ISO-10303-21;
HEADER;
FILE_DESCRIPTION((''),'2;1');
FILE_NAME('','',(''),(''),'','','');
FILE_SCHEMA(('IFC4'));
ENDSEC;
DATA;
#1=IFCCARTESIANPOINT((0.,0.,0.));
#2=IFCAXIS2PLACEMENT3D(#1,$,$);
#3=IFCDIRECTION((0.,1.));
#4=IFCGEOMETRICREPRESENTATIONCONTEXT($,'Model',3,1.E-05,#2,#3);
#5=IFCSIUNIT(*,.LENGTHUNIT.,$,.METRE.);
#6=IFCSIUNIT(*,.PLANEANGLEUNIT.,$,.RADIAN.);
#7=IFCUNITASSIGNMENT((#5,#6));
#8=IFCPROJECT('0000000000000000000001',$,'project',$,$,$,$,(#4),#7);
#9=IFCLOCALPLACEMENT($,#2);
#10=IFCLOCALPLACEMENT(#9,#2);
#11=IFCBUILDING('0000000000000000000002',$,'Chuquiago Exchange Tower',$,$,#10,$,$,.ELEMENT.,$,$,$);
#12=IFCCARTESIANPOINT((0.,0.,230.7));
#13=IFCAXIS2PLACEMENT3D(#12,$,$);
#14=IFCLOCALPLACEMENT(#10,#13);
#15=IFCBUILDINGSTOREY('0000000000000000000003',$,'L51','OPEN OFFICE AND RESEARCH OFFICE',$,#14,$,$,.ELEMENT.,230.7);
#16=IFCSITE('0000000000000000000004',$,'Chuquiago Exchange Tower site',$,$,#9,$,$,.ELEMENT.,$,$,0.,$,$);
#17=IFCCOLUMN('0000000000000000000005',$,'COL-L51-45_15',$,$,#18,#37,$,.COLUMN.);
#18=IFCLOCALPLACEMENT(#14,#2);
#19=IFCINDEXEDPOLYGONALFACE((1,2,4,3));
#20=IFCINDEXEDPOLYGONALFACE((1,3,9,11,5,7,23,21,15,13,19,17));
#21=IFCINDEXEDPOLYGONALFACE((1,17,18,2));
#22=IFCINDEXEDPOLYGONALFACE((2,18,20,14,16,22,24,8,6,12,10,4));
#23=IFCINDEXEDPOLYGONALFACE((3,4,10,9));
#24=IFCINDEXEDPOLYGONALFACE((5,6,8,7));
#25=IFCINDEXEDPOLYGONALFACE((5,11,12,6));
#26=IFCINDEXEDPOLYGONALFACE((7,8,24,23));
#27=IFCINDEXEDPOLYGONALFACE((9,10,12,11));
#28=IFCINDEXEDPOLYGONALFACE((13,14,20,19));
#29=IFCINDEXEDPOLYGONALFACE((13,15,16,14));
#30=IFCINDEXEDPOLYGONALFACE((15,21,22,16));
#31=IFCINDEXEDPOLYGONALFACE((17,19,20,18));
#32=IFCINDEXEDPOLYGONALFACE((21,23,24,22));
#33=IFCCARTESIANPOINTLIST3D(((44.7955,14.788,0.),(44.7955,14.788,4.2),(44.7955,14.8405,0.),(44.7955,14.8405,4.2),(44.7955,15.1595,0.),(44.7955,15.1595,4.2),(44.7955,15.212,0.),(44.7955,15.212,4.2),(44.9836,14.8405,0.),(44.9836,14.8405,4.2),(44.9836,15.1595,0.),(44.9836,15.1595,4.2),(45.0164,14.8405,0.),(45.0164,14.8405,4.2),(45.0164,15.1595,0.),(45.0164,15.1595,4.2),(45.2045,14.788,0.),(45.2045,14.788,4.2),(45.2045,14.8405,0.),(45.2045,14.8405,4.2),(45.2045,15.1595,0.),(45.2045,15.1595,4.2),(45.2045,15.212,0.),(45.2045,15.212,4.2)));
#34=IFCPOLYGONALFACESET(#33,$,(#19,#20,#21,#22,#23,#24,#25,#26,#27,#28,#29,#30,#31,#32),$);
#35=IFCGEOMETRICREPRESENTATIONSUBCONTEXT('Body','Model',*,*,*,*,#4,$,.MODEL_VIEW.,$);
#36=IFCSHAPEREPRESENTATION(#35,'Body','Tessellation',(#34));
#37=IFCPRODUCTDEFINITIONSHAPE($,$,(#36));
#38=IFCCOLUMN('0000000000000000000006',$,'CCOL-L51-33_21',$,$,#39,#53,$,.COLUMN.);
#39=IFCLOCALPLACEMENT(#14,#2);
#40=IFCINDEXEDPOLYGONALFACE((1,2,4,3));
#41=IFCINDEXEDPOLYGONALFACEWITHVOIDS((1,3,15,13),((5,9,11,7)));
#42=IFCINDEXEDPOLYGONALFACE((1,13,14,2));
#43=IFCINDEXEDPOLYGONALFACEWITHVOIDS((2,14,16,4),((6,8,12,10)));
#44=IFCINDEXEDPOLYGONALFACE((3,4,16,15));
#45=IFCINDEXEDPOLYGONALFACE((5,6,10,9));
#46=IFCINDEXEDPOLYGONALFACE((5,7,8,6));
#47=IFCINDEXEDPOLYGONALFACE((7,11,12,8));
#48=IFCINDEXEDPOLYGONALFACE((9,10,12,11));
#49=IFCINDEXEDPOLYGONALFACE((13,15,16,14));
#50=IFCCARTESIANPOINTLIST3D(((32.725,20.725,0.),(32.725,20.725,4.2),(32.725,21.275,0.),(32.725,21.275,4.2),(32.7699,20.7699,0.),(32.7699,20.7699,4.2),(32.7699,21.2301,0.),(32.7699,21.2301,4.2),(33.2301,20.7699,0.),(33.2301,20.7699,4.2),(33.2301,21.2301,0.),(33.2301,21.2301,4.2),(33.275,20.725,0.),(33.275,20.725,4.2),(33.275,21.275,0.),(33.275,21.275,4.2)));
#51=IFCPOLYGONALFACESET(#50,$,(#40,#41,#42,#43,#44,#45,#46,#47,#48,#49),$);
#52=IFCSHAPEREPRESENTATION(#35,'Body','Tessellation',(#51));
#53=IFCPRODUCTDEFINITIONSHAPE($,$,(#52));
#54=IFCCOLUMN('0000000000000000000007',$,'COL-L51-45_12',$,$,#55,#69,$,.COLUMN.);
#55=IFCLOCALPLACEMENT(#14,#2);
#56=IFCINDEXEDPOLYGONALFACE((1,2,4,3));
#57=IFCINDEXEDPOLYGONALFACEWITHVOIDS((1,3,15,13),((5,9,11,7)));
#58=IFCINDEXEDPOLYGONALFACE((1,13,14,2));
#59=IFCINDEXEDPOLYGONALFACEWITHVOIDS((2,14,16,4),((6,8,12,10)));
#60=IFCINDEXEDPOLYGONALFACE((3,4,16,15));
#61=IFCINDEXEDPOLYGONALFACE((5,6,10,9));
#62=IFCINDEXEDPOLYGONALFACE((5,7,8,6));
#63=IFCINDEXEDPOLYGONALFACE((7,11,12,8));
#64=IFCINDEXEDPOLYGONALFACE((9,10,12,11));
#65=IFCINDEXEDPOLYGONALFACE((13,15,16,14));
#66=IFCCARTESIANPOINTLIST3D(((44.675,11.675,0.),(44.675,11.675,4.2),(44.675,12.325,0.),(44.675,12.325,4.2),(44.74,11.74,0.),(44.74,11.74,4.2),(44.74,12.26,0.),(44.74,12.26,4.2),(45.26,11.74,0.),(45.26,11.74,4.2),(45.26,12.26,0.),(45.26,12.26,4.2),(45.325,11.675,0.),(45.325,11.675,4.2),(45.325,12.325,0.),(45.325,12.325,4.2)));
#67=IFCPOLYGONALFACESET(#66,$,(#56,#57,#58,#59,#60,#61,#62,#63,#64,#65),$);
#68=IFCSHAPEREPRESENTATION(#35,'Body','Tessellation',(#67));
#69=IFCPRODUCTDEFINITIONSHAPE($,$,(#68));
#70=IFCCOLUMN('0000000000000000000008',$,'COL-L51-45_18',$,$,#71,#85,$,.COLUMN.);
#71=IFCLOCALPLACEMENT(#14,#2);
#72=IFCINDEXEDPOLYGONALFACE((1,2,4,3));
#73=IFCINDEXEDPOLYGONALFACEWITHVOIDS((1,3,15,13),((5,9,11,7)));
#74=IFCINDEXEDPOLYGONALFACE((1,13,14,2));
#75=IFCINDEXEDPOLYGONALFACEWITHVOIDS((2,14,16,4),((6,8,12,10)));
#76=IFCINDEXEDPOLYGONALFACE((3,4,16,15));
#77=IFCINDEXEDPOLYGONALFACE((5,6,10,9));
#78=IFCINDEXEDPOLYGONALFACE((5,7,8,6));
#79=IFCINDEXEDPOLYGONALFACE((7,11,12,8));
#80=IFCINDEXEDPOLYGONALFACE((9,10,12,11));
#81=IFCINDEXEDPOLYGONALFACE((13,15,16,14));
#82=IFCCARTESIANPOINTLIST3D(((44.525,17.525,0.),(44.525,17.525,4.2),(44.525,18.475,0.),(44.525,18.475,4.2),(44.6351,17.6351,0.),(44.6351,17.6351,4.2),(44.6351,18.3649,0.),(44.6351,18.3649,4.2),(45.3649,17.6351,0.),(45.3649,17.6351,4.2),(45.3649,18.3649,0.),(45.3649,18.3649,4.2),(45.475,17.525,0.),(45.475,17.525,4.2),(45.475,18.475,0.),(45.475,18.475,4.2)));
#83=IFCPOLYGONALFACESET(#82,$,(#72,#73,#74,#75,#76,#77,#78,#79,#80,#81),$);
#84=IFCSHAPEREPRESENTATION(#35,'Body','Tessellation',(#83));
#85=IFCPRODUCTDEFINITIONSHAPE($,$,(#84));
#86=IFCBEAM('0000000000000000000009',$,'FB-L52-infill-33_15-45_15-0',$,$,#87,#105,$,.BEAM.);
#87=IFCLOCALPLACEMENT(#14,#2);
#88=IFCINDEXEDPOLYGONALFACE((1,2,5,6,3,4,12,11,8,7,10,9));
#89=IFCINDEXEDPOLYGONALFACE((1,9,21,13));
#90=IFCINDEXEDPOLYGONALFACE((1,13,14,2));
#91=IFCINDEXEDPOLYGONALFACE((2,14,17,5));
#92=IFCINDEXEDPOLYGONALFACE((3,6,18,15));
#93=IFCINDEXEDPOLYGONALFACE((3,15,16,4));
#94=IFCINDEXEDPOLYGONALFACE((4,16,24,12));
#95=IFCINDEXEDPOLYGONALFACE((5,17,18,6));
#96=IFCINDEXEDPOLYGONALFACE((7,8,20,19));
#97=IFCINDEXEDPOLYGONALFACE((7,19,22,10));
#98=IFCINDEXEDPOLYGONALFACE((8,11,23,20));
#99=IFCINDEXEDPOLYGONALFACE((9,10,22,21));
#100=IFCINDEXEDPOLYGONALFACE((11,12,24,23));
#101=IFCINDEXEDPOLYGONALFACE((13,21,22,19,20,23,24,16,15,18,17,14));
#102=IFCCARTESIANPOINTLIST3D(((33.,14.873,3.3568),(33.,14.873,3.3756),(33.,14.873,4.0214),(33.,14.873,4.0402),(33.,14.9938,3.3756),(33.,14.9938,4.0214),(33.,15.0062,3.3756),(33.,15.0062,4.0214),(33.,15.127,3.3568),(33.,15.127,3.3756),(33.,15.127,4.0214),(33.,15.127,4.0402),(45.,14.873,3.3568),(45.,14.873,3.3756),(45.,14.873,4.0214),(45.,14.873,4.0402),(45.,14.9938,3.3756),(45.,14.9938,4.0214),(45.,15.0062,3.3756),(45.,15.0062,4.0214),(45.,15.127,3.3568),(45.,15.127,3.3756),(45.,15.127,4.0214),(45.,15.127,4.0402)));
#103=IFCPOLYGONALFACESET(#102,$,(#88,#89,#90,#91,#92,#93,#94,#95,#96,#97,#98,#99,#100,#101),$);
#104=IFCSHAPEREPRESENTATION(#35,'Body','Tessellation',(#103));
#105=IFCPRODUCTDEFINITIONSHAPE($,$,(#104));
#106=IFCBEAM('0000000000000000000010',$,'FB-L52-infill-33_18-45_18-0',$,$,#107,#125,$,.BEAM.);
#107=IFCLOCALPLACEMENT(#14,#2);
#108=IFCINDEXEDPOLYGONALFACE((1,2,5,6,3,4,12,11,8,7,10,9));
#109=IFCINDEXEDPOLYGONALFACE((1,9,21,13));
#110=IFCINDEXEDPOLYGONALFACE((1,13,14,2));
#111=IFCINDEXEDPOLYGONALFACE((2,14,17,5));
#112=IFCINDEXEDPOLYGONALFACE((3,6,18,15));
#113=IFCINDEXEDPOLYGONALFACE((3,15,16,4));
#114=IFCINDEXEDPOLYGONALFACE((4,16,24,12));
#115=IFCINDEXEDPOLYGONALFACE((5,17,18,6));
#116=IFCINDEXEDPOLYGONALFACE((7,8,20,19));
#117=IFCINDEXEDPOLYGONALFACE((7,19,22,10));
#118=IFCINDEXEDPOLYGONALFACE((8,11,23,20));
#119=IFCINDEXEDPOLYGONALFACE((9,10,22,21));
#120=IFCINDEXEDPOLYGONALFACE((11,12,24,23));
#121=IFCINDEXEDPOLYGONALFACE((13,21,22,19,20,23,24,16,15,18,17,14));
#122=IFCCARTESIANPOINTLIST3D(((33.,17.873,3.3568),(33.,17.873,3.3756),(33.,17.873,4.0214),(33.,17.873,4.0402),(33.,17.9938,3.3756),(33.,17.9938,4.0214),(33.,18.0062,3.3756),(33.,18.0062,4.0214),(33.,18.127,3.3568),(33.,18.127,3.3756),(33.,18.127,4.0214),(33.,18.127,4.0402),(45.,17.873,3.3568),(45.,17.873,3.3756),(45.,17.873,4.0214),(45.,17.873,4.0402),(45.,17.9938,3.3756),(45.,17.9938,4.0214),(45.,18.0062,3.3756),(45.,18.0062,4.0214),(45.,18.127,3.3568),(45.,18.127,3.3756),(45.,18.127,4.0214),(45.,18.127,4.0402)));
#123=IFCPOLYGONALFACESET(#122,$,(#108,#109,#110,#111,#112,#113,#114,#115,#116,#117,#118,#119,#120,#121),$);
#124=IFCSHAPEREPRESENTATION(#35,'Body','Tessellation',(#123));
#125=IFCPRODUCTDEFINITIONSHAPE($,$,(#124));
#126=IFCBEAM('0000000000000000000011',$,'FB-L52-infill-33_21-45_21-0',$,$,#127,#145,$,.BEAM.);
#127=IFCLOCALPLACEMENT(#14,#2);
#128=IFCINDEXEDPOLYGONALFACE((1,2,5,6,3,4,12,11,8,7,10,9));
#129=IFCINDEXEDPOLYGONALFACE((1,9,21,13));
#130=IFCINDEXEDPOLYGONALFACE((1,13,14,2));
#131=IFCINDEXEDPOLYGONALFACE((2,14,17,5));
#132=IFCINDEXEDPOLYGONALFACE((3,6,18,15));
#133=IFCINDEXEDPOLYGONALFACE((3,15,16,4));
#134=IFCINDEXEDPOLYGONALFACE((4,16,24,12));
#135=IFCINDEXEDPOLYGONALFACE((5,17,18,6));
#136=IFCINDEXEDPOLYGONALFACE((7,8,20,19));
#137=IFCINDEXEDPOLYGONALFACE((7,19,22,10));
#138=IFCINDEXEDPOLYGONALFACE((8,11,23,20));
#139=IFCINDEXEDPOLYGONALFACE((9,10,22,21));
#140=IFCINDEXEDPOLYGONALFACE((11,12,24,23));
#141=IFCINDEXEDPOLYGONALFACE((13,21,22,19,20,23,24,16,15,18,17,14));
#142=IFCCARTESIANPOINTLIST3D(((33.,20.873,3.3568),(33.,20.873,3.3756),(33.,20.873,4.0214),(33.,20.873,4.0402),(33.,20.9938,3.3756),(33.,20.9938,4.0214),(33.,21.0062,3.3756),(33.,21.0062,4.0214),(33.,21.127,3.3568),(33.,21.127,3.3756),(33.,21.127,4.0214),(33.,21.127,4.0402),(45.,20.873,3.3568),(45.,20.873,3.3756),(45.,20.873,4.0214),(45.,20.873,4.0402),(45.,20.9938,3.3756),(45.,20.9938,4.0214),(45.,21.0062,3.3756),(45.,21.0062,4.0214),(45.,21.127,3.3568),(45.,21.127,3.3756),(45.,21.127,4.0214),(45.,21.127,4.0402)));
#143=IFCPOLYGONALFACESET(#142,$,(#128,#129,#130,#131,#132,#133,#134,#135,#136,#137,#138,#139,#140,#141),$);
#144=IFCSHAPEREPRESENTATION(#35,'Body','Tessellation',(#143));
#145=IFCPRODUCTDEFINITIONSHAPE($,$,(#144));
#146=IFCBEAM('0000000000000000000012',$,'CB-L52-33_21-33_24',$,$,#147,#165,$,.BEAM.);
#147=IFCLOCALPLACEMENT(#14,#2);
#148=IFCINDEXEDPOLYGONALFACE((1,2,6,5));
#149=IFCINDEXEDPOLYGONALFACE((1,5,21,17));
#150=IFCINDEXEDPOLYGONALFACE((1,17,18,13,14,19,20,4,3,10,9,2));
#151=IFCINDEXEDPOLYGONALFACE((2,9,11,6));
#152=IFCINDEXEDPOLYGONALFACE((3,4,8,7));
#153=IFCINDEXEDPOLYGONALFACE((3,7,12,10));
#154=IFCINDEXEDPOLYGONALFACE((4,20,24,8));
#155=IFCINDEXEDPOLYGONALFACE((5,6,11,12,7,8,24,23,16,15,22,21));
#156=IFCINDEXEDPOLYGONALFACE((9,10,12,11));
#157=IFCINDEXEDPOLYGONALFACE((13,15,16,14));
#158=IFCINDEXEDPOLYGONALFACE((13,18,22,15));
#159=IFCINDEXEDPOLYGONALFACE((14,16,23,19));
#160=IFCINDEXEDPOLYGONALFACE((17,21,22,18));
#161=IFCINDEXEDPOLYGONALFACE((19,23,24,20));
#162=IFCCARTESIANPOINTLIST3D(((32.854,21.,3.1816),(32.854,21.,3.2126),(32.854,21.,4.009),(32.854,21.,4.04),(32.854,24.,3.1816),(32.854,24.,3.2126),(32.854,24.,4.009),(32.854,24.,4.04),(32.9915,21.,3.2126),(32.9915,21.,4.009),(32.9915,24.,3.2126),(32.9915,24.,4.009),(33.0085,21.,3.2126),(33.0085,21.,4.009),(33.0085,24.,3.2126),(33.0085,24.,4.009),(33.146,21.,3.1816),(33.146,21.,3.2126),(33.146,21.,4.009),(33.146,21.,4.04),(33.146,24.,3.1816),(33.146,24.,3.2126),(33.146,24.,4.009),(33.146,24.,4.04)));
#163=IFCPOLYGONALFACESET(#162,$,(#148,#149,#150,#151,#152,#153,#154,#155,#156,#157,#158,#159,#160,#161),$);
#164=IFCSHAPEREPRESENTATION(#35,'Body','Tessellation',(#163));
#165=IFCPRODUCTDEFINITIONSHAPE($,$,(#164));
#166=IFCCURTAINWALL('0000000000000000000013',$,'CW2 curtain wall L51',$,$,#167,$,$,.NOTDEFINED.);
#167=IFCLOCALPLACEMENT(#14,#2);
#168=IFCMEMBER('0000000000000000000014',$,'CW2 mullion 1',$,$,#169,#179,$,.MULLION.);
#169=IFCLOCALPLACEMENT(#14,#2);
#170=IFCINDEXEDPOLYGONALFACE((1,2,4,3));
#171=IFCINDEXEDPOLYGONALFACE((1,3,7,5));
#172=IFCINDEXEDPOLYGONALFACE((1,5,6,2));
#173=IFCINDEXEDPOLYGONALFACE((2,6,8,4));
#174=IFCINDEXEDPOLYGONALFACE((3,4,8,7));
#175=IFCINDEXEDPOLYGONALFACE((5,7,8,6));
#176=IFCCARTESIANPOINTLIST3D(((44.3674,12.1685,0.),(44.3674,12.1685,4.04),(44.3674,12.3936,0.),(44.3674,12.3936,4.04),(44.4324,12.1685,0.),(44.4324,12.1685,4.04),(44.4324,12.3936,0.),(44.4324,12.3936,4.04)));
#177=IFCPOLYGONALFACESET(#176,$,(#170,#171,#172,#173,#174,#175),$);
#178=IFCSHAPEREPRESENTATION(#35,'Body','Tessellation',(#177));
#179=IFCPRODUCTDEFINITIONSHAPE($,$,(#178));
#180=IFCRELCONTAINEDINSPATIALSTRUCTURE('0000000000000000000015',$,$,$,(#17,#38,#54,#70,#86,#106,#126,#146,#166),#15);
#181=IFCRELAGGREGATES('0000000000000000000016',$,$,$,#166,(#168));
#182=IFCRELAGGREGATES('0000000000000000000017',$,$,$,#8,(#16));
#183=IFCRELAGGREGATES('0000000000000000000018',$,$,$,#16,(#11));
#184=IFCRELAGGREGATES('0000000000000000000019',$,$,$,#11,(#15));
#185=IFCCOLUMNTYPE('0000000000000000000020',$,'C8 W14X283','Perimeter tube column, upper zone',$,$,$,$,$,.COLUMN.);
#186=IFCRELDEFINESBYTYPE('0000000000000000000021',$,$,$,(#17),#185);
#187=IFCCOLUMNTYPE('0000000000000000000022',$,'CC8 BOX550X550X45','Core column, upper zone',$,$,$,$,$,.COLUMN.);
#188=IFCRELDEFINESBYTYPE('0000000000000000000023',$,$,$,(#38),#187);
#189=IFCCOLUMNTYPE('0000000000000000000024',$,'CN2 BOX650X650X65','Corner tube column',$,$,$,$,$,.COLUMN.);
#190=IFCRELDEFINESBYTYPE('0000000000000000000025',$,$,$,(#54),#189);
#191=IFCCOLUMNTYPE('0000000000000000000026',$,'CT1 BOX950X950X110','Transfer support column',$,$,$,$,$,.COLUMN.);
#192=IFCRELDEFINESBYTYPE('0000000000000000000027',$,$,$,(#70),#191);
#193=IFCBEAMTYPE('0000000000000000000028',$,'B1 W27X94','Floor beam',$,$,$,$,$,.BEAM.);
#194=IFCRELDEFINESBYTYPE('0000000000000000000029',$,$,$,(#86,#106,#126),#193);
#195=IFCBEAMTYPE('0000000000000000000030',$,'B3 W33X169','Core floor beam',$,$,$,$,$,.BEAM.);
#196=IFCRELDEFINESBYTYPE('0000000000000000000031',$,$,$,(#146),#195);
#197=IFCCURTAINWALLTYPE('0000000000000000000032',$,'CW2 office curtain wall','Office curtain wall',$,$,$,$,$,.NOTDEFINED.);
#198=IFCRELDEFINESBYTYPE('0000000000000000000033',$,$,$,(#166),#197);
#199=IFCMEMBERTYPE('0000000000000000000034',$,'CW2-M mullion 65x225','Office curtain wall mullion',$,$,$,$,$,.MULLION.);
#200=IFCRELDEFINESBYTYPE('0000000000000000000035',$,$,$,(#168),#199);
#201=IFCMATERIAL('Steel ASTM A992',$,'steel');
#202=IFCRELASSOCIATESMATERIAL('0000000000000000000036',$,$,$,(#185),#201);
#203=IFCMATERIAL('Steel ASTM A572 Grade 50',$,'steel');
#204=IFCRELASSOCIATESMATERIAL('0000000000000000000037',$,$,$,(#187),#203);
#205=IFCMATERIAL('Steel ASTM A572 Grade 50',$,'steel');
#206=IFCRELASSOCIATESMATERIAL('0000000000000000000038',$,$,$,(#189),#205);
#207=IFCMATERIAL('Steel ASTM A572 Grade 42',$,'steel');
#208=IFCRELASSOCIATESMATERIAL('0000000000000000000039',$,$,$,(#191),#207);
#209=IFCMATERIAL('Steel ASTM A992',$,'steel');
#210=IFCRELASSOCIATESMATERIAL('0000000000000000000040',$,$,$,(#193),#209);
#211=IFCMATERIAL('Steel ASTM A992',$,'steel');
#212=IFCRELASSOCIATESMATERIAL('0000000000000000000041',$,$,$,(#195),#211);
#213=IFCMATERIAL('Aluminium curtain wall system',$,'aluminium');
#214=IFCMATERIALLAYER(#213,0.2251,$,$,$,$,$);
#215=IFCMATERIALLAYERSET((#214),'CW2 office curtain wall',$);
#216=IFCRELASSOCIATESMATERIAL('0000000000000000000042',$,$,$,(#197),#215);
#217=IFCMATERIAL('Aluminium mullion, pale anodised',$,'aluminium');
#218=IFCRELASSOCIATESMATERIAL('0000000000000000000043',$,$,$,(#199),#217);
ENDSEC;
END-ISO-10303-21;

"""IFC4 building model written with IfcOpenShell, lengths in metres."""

from ifc_helpers import new_model, si_unit, direction, frame, origin, origin_2d, place, context, subcontext, project, spatial, rectangle, hollow_rectangle, i_section, extrude, material, layer, layer_set, material_profile, profile_set, type_object, element, aggregate, save


model = new_model("IFC4")

# Units and contexts
model_context = context("Model", 3, precision=1e-05, world=origin(), true_north=direction((0.0, 1.0)))
body_context = subcontext(model_context, "Body", "Model", "MODEL_VIEW")
ifc_project = project(units=[si_unit("LENGTHUNIT", "METRE"), si_unit("PLANEANGLEUNIT", "RADIAN")], contexts=[model_context])

# Site, building, storey
site_placement = place(None, origin())
site = spatial("IfcSite", under=ifc_project, at=site_placement, Name="Chuquiago Exchange Tower site", CompositionType="ELEMENT", RefElevation=0.0)
building_placement = place(site_placement, origin())
building = spatial("IfcBuilding", under=site, at=building_placement, Name="Chuquiago Exchange Tower", CompositionType="ELEMENT")
storey_placement = place(building_placement, frame((0.0, 0.0, 230.7)))
storey = spatial("IfcBuildingStorey", under=building, at=storey_placement, Name="L51", Description="OPEN OFFICE AND RESEARCH OFFICE", CompositionType="ELEMENT", Elevation=230.7)

# Columns
ifc_material_1 = material(Name="Steel ASTM A992", Category="steel")
ifc_material_profile_1 = material_profile(ifc_material_1, i_section(OverallWidth=0.4089, OverallDepth=0.4241, WebThickness=0.0327, FlangeThickness=0.0525, at=origin_2d()), Name="W14X283")
ifc_profile_set_1 = profile_set([ifc_material_profile_1], Name="Steel ASTM A992")
column_type_1 = type_object("IfcColumnType", Name="C8 W14X283", Description="Perimeter tube column, upper zone", PredefinedType="COLUMN", material=ifc_profile_set_1)
column_1_placement = place(storey_placement, frame((45.0, 15.0, 0.0), z_axis=(0.0, 0.0, 1.0), x_axis=(1.0, 0.0, 0.0)))
element("IfcColumn", 1, at=column_1_placement, inside=storey, type_object=column_type_1, Name="COL-L51-45_15", PredefinedType="COLUMN", context=body_context, shape_type="SweptSolid", body=[
    extrude(i_section(OverallWidth=0.4089, OverallDepth=0.4241, WebThickness=0.0327, FlangeThickness=0.0525, at=origin_2d()), origin(), (0.0, 0.0, 1.0), 4.2),
])
ifc_material_2 = material(Name="Steel ASTM A572 Grade 50", Category="steel")
ifc_material_profile_2 = material_profile(ifc_material_2, hollow_rectangle(XDim=0.55, YDim=0.55, WallThickness=0.0449, at=origin_2d()), Name="BOX550X550X45")
ifc_profile_set_2 = profile_set([ifc_material_profile_2], Name="Steel ASTM A572 Grade 50")
column_type_2 = type_object("IfcColumnType", Name="CC8 BOX550X550X45", Description="Core column, upper zone", PredefinedType="COLUMN", material=ifc_profile_set_2)
column_2_placement = place(storey_placement, frame((33.0, 21.0, 0.0), z_axis=(0.0, 0.0, 1.0), x_axis=(1.0, 0.0, 0.0)))
element("IfcColumn", 2, at=column_2_placement, inside=storey, type_object=column_type_2, Name="CCOL-L51-33_21", PredefinedType="COLUMN", context=body_context, shape_type="SweptSolid", body=[
    extrude(hollow_rectangle(XDim=0.55, YDim=0.55, WallThickness=0.0449, at=origin_2d()), origin(), (0.0, 0.0, 1.0), 4.2),
])
ifc_material_3 = material(Name="Steel ASTM A572 Grade 50", Category="steel")
ifc_material_profile_3 = material_profile(ifc_material_3, hollow_rectangle(XDim=0.6499, YDim=0.6499, WallThickness=0.0649, at=origin_2d()), Name="BOX650X650X65")
ifc_profile_set_3 = profile_set([ifc_material_profile_3], Name="Steel ASTM A572 Grade 50")
column_type_3 = type_object("IfcColumnType", Name="CN2 BOX650X650X65", Description="Corner tube column", PredefinedType="COLUMN", material=ifc_profile_set_3)
column_3_placement = place(storey_placement, frame((45.0, 12.0, 0.0), z_axis=(0.0, 0.0, 1.0), x_axis=(1.0, 0.0, 0.0)))
element("IfcColumn", 3, at=column_3_placement, inside=storey, type_object=column_type_3, Name="COL-L51-45_12", PredefinedType="COLUMN", context=body_context, shape_type="SweptSolid", body=[
    extrude(hollow_rectangle(XDim=0.6499, YDim=0.6499, WallThickness=0.0649, at=origin_2d()), origin(), (0.0, 0.0, 1.0), 4.2),
])
ifc_material_4 = material(Name="Steel ASTM A572 Grade 42", Category="steel")
ifc_material_profile_4 = material_profile(ifc_material_4, hollow_rectangle(XDim=0.95, YDim=0.95, WallThickness=0.1101, at=origin_2d()), Name="BOX950X950X110")
ifc_profile_set_4 = profile_set([ifc_material_profile_4], Name="Steel ASTM A572 Grade 42")
column_type_4 = type_object("IfcColumnType", Name="CT1 BOX950X950X110", Description="Transfer support column", PredefinedType="COLUMN", material=ifc_profile_set_4)
column_4_placement = place(storey_placement, frame((45.0, 18.0, 0.0), z_axis=(0.0, 0.0, 1.0), x_axis=(1.0, 0.0, 0.0)))
element("IfcColumn", 4, at=column_4_placement, inside=storey, type_object=column_type_4, Name="COL-L51-45_18", PredefinedType="COLUMN", context=body_context, shape_type="SweptSolid", body=[
    extrude(hollow_rectangle(XDim=0.95, YDim=0.95, WallThickness=0.1101, at=origin_2d()), origin(), (0.0, 0.0, 1.0), 4.2),
])

# Beams
ifc_material_5 = material(Name="Steel ASTM A992", Category="steel")
ifc_material_profile_5 = material_profile(ifc_material_5, i_section(OverallWidth=0.2539, OverallDepth=0.6833, WebThickness=0.0125, FlangeThickness=0.0188, at=origin_2d()), Name="W27X94")
ifc_profile_set_5 = profile_set([ifc_material_profile_5], Name="Steel ASTM A992")
beam_type_1 = type_object("IfcBeamType", Name="B1 W27X94", Description="Floor beam", PredefinedType="BEAM", material=ifc_profile_set_5)
for number, where, z_axis, x_axis, name in (
    (5, (33.0, 15.0, 3.6985), (1.0, 0.0, 0.0), (0.0, 1.0, 0.0), "FB-L52-infill-33_15-45_15-0"),
    (6, (33.0, 18.0, 3.6985), (1.0, 0.0, 0.0), (0.0, 1.0, 0.0), "FB-L52-infill-33_18-45_18-0"),
    (7, (33.0, 21.0, 3.6985), (1.0, 0.0, 0.0), (0.0, 1.0, 0.0), "FB-L52-infill-33_21-45_21-0"),
):
    element("IfcBeam", number, at=place(storey_placement, frame(where, z_axis=z_axis, x_axis=x_axis)), inside=storey, type_object=beam_type_1, Name=name, PredefinedType="BEAM", context=body_context, shape_type="SweptSolid", body=[
        extrude(i_section(OverallWidth=0.2539, OverallDepth=0.6833, WebThickness=0.0125, FlangeThickness=0.0188, at=origin_2d()), origin(), (0.0, 0.0, 1.0), 12.0),
    ])
ifc_material_6 = material(Name="Steel ASTM A992", Category="steel")
ifc_material_profile_6 = material_profile(ifc_material_6, i_section(OverallWidth=0.292, OverallDepth=0.8584, WebThickness=0.0171, FlangeThickness=0.031, at=origin_2d()), Name="W33X169")
ifc_profile_set_6 = profile_set([ifc_material_profile_6], Name="Steel ASTM A992")
beam_type_2 = type_object("IfcBeamType", Name="B3 W33X169", Description="Core floor beam", PredefinedType="BEAM", material=ifc_profile_set_6)
beam_placement = place(storey_placement, frame((33.0, 21.0, 3.6108), z_axis=(0.0, 1.0, 0.0), x_axis=(-1.0, 0.0, 0.0)))
element("IfcBeam", 8, at=beam_placement, inside=storey, type_object=beam_type_2, Name="CB-L52-33_21-33_24", PredefinedType="BEAM", context=body_context, shape_type="SweptSolid", body=[
    extrude(i_section(OverallWidth=0.292, OverallDepth=0.8584, WebThickness=0.0171, FlangeThickness=0.031, at=origin_2d()), origin(), (0.0, 0.0, 1.0), 3.0),
])

# Curtain wall, member
ifc_material_7 = material(Name="Aluminium curtain wall system", Category="aluminium")
ifc_layer_1 = layer(ifc_material_7, 0.2251)
ifc_layer_set_1 = layer_set([ifc_layer_1], Name="CW2 office curtain wall")
curtain_wall_type_1 = type_object("IfcCurtainWallType", Name="CW2 office curtain wall", Description="Office curtain wall", PredefinedType="NOTDEFINED", material=ifc_layer_set_1)
curtain_wall_1_placement = place(storey_placement, origin())
curtain_wall_1 = element("IfcCurtainWall", 9, at=curtain_wall_1_placement, inside=storey, type_object=curtain_wall_type_1, Name="CW2 curtain wall L51", PredefinedType="NOTDEFINED")
ifc_material_8 = material(Name="Aluminium mullion, pale anodised", Category="aluminium")
ifc_material_profile_7 = material_profile(ifc_material_8, rectangle(XDim=0.0649, YDim=0.2251, at=origin_2d()), Name="AL 65x225")
ifc_profile_set_7 = profile_set([ifc_material_profile_7], Name="Aluminium mullion, pale anodised")
member_type_1 = type_object("IfcMemberType", Name="CW2-M mullion 65x225", Description="Office curtain wall mullion", PredefinedType="MULLION", material=ifc_profile_set_7)
member_1_placement = place(storey_placement, frame((44.3999, 12.281, 0.0), z_axis=(0.0, 0.0, 1.0), x_axis=(-1.0, 0.0, 0.0)))
member_1 = element("IfcMember", 10, at=member_1_placement, type_object=member_type_1, Name="CW2 mullion 1", PredefinedType="MULLION", context=body_context, shape_type="SweptSolid", body=[
    extrude(rectangle(XDim=0.0649, YDim=0.2251, at=origin_2d()), origin(), (0.0, 0.0, 1.0), 4.04),
])

aggregate(curtain_wall_1, [member_1])

save(model, "model.ifc")
